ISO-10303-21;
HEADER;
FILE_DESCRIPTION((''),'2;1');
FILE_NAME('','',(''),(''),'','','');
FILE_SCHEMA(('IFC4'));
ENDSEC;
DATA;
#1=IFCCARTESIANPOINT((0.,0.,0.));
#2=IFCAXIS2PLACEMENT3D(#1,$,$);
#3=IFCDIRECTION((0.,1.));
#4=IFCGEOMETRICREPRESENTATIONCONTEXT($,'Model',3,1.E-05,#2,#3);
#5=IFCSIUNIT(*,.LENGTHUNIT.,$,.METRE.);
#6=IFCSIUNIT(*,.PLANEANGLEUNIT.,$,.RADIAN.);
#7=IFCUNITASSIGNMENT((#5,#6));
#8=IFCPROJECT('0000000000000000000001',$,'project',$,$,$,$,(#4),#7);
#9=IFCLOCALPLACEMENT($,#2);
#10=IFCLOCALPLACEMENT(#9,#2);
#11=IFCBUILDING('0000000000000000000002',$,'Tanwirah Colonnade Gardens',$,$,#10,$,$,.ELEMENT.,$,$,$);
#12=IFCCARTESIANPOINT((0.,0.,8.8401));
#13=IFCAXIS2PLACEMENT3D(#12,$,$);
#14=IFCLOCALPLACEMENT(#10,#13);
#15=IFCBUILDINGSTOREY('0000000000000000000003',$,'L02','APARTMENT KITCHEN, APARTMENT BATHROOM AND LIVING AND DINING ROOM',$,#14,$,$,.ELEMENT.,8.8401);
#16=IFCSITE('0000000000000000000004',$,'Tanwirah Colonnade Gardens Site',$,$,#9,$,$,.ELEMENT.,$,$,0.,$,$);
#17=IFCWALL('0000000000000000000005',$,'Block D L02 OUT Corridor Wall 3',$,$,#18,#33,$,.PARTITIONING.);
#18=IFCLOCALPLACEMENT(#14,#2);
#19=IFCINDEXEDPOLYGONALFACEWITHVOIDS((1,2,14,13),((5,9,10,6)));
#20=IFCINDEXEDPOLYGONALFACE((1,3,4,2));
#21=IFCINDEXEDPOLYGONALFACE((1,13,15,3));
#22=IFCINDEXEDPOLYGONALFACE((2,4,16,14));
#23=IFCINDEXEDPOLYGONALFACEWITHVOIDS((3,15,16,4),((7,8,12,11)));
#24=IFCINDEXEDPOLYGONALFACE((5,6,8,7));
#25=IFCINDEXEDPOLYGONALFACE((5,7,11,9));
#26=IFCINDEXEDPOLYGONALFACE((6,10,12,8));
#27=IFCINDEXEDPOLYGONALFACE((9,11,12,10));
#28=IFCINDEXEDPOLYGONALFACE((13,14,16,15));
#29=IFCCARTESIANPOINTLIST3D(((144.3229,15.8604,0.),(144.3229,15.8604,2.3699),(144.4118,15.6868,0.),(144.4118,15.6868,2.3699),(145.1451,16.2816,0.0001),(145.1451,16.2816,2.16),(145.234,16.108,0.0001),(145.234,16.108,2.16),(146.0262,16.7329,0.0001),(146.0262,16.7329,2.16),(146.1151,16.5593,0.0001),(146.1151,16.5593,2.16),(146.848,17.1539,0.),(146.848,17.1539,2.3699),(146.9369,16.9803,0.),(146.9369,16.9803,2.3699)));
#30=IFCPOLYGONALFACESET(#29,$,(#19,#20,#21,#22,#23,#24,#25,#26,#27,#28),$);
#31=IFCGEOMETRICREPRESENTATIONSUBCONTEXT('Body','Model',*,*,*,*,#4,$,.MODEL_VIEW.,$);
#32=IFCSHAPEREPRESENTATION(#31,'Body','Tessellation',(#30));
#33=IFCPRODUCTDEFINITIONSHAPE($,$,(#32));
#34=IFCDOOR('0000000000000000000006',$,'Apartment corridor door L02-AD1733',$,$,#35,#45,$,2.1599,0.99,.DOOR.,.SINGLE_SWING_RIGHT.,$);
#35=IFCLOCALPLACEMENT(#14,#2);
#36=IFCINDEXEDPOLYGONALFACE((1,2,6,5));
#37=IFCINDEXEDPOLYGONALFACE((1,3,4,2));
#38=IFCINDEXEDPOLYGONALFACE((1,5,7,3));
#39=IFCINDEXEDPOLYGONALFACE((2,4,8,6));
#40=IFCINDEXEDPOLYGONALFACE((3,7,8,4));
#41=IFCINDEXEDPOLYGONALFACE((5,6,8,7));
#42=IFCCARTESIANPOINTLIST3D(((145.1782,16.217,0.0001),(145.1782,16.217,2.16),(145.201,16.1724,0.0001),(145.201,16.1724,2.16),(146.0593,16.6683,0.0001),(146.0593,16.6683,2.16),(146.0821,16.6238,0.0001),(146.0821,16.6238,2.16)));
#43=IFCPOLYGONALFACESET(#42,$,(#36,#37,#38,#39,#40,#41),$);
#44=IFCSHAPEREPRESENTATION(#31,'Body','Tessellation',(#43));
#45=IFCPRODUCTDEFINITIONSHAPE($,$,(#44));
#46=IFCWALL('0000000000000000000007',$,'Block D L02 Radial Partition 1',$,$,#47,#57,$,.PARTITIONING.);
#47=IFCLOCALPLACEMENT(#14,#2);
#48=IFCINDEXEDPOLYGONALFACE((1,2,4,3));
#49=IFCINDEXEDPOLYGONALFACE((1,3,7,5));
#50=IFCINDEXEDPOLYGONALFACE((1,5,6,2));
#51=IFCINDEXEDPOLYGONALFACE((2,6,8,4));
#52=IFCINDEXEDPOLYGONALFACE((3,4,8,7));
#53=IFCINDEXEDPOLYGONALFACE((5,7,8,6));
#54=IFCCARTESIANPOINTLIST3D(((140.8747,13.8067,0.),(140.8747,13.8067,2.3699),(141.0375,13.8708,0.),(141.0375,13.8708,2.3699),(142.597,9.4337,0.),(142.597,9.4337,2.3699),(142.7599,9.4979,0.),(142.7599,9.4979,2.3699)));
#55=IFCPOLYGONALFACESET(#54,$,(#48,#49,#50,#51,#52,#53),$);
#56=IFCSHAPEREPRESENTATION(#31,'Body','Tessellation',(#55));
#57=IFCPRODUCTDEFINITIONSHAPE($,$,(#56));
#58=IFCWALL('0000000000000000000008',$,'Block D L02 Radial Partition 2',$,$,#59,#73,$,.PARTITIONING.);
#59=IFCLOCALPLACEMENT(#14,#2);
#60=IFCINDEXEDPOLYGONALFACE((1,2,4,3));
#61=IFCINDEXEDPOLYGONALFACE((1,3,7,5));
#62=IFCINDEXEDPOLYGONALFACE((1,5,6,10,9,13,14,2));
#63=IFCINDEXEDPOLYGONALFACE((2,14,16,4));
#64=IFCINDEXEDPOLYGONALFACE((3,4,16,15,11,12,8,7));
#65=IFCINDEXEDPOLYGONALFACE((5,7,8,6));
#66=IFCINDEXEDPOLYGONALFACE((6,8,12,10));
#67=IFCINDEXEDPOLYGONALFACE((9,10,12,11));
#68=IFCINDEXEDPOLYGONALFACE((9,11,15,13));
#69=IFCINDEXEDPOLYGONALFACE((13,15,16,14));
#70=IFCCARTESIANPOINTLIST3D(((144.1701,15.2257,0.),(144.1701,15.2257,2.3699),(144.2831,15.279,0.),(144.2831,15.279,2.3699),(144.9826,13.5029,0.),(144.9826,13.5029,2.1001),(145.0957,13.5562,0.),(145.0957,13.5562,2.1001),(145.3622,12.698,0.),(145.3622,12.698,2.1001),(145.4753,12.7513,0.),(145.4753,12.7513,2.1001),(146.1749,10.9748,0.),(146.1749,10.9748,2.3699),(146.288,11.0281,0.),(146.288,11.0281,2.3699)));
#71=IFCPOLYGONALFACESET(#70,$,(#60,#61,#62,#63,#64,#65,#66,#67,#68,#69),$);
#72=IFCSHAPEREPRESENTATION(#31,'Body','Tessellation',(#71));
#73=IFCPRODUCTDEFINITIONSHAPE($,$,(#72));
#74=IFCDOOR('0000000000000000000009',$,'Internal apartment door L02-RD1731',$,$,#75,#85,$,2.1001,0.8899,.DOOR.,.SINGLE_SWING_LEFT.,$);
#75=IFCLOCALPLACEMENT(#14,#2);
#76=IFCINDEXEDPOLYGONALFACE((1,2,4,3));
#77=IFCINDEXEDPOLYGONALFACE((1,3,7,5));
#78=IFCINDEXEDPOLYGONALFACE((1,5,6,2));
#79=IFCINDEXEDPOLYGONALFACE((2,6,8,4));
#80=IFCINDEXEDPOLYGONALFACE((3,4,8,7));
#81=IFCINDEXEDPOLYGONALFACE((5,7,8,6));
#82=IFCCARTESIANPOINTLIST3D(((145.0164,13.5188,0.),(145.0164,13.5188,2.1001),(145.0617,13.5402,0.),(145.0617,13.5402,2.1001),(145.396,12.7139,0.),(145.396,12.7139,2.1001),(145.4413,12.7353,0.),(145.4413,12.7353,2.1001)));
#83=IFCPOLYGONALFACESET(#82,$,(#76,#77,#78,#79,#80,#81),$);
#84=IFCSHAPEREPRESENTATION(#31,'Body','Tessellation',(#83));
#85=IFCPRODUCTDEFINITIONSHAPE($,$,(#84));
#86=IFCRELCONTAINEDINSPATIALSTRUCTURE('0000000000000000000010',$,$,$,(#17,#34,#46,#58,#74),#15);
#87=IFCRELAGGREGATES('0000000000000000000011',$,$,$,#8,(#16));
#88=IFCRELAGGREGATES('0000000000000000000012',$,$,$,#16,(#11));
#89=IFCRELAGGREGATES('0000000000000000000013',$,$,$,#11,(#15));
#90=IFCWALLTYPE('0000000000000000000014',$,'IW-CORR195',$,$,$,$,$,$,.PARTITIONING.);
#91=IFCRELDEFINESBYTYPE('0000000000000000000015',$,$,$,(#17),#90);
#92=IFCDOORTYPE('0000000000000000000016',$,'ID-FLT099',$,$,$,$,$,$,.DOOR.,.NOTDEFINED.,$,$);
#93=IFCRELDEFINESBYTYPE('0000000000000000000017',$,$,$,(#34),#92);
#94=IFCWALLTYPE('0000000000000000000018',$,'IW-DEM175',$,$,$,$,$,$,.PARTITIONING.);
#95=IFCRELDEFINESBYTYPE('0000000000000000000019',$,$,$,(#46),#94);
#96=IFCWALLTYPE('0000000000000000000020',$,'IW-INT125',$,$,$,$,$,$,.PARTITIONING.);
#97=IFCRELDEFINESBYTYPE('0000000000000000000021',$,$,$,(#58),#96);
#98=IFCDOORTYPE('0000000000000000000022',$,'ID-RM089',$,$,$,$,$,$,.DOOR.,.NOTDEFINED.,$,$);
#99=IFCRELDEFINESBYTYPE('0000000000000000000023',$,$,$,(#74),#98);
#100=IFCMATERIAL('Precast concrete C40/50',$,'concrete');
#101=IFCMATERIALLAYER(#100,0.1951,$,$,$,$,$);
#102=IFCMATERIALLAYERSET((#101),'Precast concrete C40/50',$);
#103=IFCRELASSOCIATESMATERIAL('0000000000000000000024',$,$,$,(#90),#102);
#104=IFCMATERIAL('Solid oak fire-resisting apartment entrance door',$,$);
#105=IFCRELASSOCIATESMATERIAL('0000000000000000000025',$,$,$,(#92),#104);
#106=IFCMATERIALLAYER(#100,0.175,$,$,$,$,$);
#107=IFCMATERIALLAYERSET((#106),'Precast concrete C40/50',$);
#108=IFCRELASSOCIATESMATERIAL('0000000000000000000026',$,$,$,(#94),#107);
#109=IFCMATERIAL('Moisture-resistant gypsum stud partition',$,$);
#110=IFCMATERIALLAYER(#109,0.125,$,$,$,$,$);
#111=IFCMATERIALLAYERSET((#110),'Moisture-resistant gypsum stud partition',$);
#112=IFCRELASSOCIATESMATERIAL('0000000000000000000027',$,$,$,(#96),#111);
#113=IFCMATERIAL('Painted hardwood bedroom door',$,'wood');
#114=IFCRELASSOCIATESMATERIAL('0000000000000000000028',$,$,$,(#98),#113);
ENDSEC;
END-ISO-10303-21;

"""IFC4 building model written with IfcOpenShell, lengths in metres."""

from ifc_helpers import new_model, si_unit, direction, frame, frame_2d, origin, place, context, subcontext, project, spatial, rectangle, extrude, material, layer, layer_set, type_object, element, fill, save


model = new_model("IFC4")

# Units and contexts
model_context = context("Model", 3, precision=1e-05, world=origin(), true_north=direction((0.0, 1.0)))
body_context = subcontext(model_context, "Body", "Model", "MODEL_VIEW")
ifc_project = project(units=[si_unit("LENGTHUNIT", "METRE"), si_unit("PLANEANGLEUNIT", "RADIAN")], contexts=[model_context])

# Site, building, storey
site_placement = place(None, origin())
site = spatial("IfcSite", under=ifc_project, at=site_placement, Name="Tanwirah Colonnade Gardens Site", CompositionType="ELEMENT", RefElevation=0.0)
building_placement = place(site_placement, origin())
building = spatial("IfcBuilding", under=site, at=building_placement, Name="Tanwirah Colonnade Gardens", CompositionType="ELEMENT")
storey_placement = place(building_placement, frame((0.0, 0.0, 8.8401)))
storey = spatial("IfcBuildingStorey", under=building, at=storey_placement, Name="L02", Description="APARTMENT KITCHEN, APARTMENT BATHROOM AND LIVING AND DINING ROOM", CompositionType="ELEMENT", Elevation=8.8401)

# Shared definitions
ifc_material_1 = material(Name="Precast concrete C40/50", Category="concrete")

# Wall, opening, door
ifc_layer_1 = layer(ifc_material_1, 0.1951)
ifc_layer_set_1 = layer_set([ifc_layer_1], Name="Precast concrete C40/50")
wall_type_1 = type_object("IfcWallType", Name="IW-CORR195", PredefinedType="PARTITIONING", material=ifc_layer_set_1)
ifc_material_2 = material(Name="Solid oak fire-resisting apartment entrance door")
wall_1_placement = place(storey_placement, frame((144.3674, 15.7737, 0.0), z_axis=(0.0, 0.0, 1.0), x_axis=(0.890031, 0.455901, 0.0)))
wall_1 = element("IfcWall", 1, at=wall_1_placement, inside=storey, type_object=wall_type_1, Name="Block D L02 OUT Corridor Wall 3", PredefinedType="PARTITIONING", context=body_context, shape_type="SweptSolid", body=[
    extrude(rectangle(XDim=2.8372, YDim=0.1951, at=frame_2d((1.4185, 0.0))), origin(), (0.0, 0.0, 1.0), 2.3699),
])
opening_1_placement = place(wall_1_placement, frame((0.9236, 0.0, 0.0)))
opening_1 = element("IfcOpeningElement", 2, at=opening_1_placement, cuts=wall_1, PredefinedType="OPENING", context=body_context, shape_type="SweptSolid", body=[
    extrude(rectangle(XDim=0.99, YDim=2.1599, at=frame_2d((0.4951, 1.0801))), frame((0.0, 0.1074, 0.0), z_axis=(0.0, -1.0, 0.0), x_axis=(1.0, 0.0, 0.0)), (0.0, 0.0, 1.0), 0.2151),
])
door_type_1 = type_object("IfcDoorType", Name="ID-FLT099", OperationType="NOTDEFINED", PredefinedType="DOOR", material=ifc_material_2)
door_1_placement = place(opening_1_placement, origin())
door_1 = element("IfcDoor", 3, at=door_1_placement, inside=storey, type_object=door_type_1, Name="Apartment corridor door L02-AD1733", OperationType="SINGLE_SWING_RIGHT", OverallHeight=2.1599, OverallWidth=0.99, PredefinedType="DOOR", context=body_context, shape_type="SweptSolid", body=[
    extrude(rectangle(XDim=0.99, YDim=2.1599, at=frame_2d((0.4951, 1.0801))), frame((0.0, 0.0249, 0.0), z_axis=(0.0, -1.0, 0.0), x_axis=(1.0, 0.0, 0.0)), (0.0, 0.0, 1.0), 0.05),
])
fill(opening_1, door_1)

# Wall
ifc_layer_2 = layer(ifc_material_1, 0.175)
ifc_layer_set_2 = layer_set([ifc_layer_2], Name="Precast concrete C40/50")
wall_type_2 = type_object("IfcWallType", Name="IW-DEM175", PredefinedType="PARTITIONING", material=ifc_layer_set_2)
wall_2_placement = place(storey_placement, frame((140.9561, 13.8389, 0.0), z_axis=(0.0, 0.0, 1.0), x_axis=(0.366469, -0.93043, 0.0)))
element("IfcWall", 4, at=wall_2_placement, inside=storey, type_object=wall_type_2, Name="Block D L02 Radial Partition 1", PredefinedType="PARTITIONING", context=body_context, shape_type="SweptSolid", body=[
    extrude(rectangle(XDim=4.7, YDim=0.175, at=frame_2d((2.3501, 0.0))), origin(), (0.0, 0.0, 1.0), 2.3699),
])

# Wall, opening, door
ifc_material_3 = material(Name="Moisture-resistant gypsum stud partition")
ifc_layer_3 = layer(ifc_material_3, 0.125)
ifc_layer_set_3 = layer_set([ifc_layer_3], Name="Moisture-resistant gypsum stud partition")
wall_type_3 = type_object("IfcWallType", Name="IW-INT125", PredefinedType="PARTITIONING", material=ifc_layer_set_3)
wall_3_placement = place(storey_placement, frame((144.2266, 15.2524, 0.0), z_axis=(0.0, 0.0, 1.0), x_axis=(0.426567, -0.904456, 0.0)))
wall_3 = element("IfcWall", 5, at=wall_3_placement, inside=storey, type_object=wall_type_3, Name="Block D L02 Radial Partition 2", PredefinedType="PARTITIONING", context=body_context, shape_type="SweptSolid", body=[
    extrude(rectangle(XDim=4.7, YDim=0.125, at=frame_2d((2.3501, 0.0))), origin(), (0.0, 0.0, 1.0), 2.3699),
])
opening_2_placement = place(wall_3_placement, frame((1.905, 0.0, 0.0)))
opening_2 = element("IfcOpeningElement", 6, at=opening_2_placement, cuts=wall_3, PredefinedType="OPENING", context=body_context, shape_type="SweptSolid", body=[
    extrude(rectangle(XDim=0.8899, YDim=2.1001, at=frame_2d((0.4448, 1.05))), frame((0.0, 0.0725, 0.0), z_axis=(0.0, -1.0, 0.0), x_axis=(1.0, 0.0, 0.0)), (0.0, 0.0, 1.0), 0.145),
])
ifc_material_4 = material(Name="Painted hardwood bedroom door", Category="wood")
door_type_2 = type_object("IfcDoorType", Name="ID-RM089", OperationType="NOTDEFINED", PredefinedType="DOOR", material=ifc_material_4)
door_2_placement = place(opening_2_placement, origin())
door_2 = element("IfcDoor", 7, at=door_2_placement, inside=storey, type_object=door_type_2, Name="Internal apartment door L02-RD1731", OperationType="SINGLE_SWING_LEFT", OverallHeight=2.1001, OverallWidth=0.8899, PredefinedType="DOOR", context=body_context, shape_type="SweptSolid", body=[
    extrude(rectangle(XDim=0.8899, YDim=2.1001, at=frame_2d((0.4448, 1.05))), frame((0.0, 0.0249, 0.0), z_axis=(0.0, -1.0, 0.0), x_axis=(1.0, 0.0, 0.0)), (0.0, 0.0, 1.0), 0.05),
])
fill(opening_2, door_2)

save(model, "model.ifc")
